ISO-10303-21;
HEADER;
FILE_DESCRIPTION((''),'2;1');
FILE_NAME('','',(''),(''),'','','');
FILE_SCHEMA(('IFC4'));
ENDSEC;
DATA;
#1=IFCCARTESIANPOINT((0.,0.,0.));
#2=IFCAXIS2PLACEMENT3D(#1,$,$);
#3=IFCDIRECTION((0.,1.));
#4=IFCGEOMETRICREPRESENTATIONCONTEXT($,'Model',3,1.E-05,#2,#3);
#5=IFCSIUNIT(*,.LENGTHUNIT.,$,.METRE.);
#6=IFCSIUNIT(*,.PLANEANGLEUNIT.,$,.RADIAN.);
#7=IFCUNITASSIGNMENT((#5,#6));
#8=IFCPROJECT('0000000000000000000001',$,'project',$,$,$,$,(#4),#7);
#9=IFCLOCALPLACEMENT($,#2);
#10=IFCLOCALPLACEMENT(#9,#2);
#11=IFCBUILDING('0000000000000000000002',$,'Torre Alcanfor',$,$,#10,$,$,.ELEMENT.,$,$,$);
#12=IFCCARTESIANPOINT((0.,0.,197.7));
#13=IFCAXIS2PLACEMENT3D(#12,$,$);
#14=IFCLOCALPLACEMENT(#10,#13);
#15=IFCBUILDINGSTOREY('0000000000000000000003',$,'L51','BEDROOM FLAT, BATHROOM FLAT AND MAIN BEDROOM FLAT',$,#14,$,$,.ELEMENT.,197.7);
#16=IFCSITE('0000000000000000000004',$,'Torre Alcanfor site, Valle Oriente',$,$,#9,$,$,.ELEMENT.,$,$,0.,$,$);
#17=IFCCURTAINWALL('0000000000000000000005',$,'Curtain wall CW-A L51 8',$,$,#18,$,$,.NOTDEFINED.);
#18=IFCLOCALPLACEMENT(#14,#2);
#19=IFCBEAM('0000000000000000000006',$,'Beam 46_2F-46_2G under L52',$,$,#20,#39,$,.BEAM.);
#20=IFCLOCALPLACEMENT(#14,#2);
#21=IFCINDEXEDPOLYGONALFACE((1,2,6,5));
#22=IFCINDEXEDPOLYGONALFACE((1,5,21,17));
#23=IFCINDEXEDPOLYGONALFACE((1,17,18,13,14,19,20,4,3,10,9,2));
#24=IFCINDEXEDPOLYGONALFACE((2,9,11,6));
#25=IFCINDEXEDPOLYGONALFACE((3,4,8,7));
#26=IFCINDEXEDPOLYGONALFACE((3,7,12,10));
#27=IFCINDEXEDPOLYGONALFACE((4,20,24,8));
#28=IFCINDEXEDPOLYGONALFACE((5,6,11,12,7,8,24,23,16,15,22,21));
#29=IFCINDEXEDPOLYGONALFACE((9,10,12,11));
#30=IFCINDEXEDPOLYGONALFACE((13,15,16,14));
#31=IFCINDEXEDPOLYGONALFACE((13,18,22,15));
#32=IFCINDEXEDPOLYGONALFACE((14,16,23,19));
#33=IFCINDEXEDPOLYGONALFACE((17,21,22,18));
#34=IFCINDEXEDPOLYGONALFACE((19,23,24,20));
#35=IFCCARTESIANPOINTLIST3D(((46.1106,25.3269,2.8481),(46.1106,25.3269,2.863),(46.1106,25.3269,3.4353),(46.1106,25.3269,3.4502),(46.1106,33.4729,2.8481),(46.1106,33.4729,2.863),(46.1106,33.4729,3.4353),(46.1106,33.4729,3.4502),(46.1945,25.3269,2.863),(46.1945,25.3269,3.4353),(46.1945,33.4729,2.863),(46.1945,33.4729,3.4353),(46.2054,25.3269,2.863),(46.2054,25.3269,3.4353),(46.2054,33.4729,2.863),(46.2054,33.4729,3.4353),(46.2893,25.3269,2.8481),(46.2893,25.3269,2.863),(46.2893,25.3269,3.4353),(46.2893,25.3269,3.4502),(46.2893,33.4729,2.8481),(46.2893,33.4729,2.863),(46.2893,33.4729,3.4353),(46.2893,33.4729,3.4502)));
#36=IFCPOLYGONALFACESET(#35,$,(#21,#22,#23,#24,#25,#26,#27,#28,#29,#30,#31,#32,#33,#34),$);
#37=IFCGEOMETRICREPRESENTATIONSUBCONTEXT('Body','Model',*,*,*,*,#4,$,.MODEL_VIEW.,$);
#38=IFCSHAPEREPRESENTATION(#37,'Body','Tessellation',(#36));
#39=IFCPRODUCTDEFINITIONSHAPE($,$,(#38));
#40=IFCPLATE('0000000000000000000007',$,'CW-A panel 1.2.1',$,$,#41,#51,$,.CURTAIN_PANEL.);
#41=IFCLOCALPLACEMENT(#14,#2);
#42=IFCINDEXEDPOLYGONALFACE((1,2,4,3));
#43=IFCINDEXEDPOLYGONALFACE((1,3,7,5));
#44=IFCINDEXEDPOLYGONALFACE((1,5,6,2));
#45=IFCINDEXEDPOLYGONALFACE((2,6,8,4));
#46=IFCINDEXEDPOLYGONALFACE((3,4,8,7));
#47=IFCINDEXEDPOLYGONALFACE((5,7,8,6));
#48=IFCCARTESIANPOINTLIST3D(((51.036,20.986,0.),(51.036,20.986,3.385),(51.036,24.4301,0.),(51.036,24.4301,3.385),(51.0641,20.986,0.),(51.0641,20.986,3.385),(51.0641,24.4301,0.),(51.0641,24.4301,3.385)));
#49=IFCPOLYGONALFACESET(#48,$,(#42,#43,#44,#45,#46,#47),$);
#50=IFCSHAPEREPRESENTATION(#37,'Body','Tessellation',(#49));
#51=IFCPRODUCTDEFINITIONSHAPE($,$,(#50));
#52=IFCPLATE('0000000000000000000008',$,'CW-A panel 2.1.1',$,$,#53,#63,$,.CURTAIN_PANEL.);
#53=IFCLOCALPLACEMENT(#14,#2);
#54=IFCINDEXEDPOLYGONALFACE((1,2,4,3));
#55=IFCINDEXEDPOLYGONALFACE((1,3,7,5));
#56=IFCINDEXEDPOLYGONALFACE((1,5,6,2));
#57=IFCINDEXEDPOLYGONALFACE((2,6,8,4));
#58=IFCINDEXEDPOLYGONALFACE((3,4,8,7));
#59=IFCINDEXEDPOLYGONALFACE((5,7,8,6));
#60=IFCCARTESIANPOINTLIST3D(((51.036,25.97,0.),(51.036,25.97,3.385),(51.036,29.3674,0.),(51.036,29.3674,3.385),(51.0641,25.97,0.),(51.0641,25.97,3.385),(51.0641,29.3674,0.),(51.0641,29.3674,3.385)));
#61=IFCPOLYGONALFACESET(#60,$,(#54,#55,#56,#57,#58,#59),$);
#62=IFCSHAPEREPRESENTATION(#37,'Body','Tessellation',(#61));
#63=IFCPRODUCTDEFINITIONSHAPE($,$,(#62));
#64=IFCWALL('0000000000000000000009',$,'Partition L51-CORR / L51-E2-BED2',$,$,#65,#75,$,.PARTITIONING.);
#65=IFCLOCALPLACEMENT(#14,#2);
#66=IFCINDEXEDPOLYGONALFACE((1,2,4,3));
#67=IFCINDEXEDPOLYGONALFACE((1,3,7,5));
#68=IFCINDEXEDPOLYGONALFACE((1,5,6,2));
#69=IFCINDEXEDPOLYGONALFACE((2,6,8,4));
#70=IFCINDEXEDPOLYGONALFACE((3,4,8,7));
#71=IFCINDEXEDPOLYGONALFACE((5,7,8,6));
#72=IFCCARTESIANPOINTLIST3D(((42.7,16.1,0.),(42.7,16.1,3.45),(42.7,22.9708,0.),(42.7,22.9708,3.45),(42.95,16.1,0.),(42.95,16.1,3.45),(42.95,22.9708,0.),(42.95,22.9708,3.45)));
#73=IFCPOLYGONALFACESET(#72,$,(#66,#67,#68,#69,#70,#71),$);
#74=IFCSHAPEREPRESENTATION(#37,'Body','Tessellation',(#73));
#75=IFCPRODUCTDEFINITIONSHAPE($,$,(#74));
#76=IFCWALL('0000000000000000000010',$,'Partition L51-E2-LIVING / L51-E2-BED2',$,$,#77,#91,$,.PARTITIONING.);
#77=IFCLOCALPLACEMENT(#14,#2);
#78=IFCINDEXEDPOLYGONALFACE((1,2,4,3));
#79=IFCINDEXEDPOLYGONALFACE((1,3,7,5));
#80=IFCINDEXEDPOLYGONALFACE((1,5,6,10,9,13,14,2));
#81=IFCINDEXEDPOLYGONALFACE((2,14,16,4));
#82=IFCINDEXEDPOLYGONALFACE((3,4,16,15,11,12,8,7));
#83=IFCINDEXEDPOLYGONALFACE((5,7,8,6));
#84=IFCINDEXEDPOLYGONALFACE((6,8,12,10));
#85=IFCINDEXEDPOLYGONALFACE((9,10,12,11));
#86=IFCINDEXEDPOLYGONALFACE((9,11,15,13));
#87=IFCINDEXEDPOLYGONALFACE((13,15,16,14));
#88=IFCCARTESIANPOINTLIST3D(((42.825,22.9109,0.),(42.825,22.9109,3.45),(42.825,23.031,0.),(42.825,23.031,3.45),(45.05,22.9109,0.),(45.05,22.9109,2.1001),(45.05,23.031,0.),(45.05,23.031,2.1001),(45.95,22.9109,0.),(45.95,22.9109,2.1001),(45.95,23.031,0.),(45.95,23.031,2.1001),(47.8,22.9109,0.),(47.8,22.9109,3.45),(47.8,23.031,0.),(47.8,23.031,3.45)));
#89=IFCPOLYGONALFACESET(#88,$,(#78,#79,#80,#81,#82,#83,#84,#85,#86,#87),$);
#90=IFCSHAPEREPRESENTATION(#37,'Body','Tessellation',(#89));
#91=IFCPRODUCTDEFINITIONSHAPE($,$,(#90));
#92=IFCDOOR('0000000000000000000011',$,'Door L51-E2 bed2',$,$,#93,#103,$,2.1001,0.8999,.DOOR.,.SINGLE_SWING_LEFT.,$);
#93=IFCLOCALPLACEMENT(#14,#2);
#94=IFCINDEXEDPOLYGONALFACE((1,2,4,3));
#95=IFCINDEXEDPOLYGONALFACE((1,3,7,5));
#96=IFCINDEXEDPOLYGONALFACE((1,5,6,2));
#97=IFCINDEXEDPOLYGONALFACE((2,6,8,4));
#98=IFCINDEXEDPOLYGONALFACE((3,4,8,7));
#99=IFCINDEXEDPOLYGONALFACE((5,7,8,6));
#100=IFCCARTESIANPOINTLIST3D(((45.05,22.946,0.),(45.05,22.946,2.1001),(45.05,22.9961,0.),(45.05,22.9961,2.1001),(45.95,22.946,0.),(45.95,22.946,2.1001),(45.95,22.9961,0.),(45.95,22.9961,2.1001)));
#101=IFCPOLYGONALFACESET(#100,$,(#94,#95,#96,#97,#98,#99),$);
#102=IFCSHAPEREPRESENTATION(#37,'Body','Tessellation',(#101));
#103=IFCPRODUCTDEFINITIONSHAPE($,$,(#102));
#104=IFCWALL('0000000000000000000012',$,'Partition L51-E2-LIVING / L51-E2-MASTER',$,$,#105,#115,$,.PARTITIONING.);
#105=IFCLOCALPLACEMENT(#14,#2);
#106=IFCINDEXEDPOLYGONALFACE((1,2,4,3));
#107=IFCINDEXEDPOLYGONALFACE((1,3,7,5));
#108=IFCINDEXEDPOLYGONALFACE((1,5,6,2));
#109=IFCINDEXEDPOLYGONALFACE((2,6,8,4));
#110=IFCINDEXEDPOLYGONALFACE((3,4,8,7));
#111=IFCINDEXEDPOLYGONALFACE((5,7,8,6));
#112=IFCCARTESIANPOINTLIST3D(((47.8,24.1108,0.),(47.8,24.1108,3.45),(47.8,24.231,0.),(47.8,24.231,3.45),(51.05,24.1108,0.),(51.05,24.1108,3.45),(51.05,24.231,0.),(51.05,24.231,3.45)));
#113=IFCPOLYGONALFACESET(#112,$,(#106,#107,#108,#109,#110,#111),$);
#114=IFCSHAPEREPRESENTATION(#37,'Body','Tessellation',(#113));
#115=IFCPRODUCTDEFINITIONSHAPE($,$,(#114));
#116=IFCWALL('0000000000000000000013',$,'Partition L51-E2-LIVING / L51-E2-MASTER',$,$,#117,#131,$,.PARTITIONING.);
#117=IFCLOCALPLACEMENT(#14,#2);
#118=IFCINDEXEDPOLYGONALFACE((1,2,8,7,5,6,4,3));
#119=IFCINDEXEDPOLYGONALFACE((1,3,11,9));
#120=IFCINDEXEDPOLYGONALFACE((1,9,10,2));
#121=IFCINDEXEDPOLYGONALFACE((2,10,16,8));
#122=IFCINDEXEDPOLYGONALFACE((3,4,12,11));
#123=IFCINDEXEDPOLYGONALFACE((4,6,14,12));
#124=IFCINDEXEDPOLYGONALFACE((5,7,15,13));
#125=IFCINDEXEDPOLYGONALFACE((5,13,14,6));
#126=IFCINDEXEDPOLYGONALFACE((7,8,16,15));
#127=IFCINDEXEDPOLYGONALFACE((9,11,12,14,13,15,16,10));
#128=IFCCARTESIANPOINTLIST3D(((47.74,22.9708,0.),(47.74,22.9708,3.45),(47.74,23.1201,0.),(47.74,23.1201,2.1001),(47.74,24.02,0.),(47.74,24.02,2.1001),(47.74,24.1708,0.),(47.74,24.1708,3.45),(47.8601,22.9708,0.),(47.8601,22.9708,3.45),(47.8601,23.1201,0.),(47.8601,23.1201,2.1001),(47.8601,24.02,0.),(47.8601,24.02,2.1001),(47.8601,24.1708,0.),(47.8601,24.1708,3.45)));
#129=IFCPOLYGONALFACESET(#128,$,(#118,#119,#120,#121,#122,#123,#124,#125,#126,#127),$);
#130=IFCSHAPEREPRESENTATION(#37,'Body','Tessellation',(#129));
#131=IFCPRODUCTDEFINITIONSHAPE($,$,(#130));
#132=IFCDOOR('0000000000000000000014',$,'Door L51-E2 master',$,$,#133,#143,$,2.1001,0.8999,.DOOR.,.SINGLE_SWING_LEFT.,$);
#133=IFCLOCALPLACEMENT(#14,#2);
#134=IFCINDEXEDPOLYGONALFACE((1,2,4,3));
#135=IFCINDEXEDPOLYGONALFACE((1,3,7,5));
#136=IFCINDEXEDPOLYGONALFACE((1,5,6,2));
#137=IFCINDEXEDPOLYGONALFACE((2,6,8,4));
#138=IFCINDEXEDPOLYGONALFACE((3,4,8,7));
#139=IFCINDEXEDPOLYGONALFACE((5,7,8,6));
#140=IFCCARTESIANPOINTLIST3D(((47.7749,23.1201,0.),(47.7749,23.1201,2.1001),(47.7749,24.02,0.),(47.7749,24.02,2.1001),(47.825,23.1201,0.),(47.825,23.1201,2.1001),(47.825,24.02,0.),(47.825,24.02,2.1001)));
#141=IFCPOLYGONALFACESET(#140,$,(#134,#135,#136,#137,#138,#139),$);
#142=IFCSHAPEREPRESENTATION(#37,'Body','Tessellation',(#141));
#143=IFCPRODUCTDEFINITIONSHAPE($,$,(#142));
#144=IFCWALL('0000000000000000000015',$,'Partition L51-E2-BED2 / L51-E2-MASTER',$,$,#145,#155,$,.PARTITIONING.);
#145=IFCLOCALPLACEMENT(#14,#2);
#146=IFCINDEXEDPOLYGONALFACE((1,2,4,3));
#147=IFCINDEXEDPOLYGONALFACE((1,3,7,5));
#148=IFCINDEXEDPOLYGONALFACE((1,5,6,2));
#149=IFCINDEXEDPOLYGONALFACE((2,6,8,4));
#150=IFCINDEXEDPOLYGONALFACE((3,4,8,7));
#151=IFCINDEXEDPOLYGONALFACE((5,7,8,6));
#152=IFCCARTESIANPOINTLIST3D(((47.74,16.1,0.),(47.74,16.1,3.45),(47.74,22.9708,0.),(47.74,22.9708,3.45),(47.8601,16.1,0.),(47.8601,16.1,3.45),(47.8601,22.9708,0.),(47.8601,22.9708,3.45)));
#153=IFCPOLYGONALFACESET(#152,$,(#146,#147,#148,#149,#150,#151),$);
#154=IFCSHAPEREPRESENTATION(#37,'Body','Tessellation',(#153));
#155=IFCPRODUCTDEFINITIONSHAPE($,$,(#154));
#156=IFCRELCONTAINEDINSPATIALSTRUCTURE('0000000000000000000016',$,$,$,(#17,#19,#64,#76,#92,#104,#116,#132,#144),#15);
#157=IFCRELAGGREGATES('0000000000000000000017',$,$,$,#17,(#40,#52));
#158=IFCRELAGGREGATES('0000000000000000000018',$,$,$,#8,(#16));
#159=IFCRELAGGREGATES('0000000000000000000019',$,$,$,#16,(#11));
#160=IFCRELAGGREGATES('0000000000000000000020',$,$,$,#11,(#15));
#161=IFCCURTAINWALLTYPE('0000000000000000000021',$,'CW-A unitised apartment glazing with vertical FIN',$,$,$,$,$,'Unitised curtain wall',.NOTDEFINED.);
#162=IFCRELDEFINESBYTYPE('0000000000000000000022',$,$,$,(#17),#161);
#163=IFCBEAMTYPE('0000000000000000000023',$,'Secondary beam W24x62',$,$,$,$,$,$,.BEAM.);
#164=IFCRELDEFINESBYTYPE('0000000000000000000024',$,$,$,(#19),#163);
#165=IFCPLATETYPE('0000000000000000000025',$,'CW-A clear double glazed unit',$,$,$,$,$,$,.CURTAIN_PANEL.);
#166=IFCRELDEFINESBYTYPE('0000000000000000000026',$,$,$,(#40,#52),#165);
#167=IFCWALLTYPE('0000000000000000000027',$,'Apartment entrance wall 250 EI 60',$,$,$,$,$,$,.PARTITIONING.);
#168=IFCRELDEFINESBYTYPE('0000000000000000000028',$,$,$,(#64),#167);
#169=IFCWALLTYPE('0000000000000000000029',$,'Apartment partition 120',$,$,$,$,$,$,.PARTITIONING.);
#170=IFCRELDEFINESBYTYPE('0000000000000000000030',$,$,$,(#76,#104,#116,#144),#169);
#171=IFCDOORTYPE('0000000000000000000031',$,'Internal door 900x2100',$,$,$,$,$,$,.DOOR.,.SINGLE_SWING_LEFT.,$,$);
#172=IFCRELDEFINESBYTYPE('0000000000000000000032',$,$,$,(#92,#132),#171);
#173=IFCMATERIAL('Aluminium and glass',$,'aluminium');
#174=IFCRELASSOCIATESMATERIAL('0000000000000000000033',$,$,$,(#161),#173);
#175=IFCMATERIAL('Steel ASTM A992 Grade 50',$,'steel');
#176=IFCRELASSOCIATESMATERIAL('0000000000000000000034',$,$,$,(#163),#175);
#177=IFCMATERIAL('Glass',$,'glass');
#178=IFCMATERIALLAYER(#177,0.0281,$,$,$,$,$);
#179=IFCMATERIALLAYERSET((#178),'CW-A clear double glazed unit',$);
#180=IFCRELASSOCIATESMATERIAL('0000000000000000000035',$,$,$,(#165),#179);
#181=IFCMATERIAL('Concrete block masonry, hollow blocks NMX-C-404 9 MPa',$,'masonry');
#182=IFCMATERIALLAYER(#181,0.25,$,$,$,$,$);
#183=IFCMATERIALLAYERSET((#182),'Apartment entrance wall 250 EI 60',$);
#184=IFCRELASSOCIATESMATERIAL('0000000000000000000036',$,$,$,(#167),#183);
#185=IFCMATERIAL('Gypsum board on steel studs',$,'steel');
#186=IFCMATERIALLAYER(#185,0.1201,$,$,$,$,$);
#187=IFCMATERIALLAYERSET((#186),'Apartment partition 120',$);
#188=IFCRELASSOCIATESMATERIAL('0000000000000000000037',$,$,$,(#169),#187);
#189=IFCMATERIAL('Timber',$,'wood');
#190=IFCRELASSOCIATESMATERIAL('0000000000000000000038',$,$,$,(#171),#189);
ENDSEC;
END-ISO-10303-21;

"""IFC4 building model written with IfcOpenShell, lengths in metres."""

from ifc_helpers import new_model, si_unit, direction, frame, frame_2d, origin, origin_2d, place, context, subcontext, project, spatial, rectangle, i_section, extrude, material, layer, layer_set, material_profile, profile_set, type_object, element, fill, aggregate, save


model = new_model("IFC4")

# Units and contexts
model_context = context("Model", 3, precision=1e-05, world=origin(), true_north=direction((0.0, 1.0)))
body_context = subcontext(model_context, "Body", "Model", "MODEL_VIEW")
ifc_project = project(units=[si_unit("LENGTHUNIT", "METRE"), si_unit("PLANEANGLEUNIT", "RADIAN")], contexts=[model_context])

# Site, building, storey
site_placement = place(None, origin())
site = spatial("IfcSite", under=ifc_project, at=site_placement, Name="Torre Alcanfor site, Valle Oriente", CompositionType="ELEMENT", RefElevation=0.0)
building_placement = place(site_placement, origin())
building = spatial("IfcBuilding", under=site, at=building_placement, Name="Torre Alcanfor", CompositionType="ELEMENT")
storey_placement = place(building_placement, frame((0.0, 0.0, 197.7)))
storey = spatial("IfcBuildingStorey", under=building, at=storey_placement, Name="L51", Description="BEDROOM FLAT, BATHROOM FLAT AND MAIN BEDROOM FLAT", CompositionType="ELEMENT", Elevation=197.7)

# Curtain wall
ifc_material_1 = material(Name="Aluminium and glass", Category="aluminium")
curtain_wall_type = type_object("IfcCurtainWallType", Name="CW-A unitised apartment glazing with vertical FIN", ElementType="Unitised curtain wall", PredefinedType="NOTDEFINED", material=ifc_material_1)
curtain_wall_placement = place(storey_placement, origin())
curtain_wall = element("IfcCurtainWall", 1, at=curtain_wall_placement, inside=storey, type_object=curtain_wall_type, Name="Curtain wall CW-A L51 8", PredefinedType="NOTDEFINED")

# Beam
ifc_material_2 = material(Name="Steel ASTM A992 Grade 50", Category="steel")
ifc_material_profile_1 = material_profile(ifc_material_2, i_section(OverallWidth=0.1787, OverallDepth=0.6021, WebThickness=0.011, FlangeThickness=0.0149, at=origin_2d()), Name="W24x62")
ifc_profile_set_1 = profile_set([ifc_material_profile_1], Name="Steel ASTM A992 Grade 50")
beam_type_1 = type_object("IfcBeamType", Name="Secondary beam W24x62", PredefinedType="BEAM", material=ifc_profile_set_1)
beam_1_placement = place(storey_placement, frame((46.2, 25.3269, 3.1492), z_axis=(0.0, 1.0, 0.0), x_axis=(-1.0, 0.0, 0.0)))
element("IfcBeam", 2, at=beam_1_placement, inside=storey, type_object=beam_type_1, Name="Beam 46_2F-46_2G under L52", PredefinedType="BEAM", context=body_context, shape_type="SweptSolid", body=[
    extrude(i_section(OverallWidth=0.1787, OverallDepth=0.6021, WebThickness=0.011, FlangeThickness=0.0149, at=origin_2d()), origin(), (0.0, 0.0, 1.0), 8.146),
])

# Plates
ifc_material_3 = material(Name="Glass", Category="glass")
ifc_layer_1 = layer(ifc_material_3, 0.0281)
ifc_layer_set_1 = layer_set([ifc_layer_1], Name="CW-A clear double glazed unit")
plate_type = type_object("IfcPlateType", Name="CW-A clear double glazed unit", PredefinedType="CURTAIN_PANEL", material=ifc_layer_set_1)
plate_1_placement = place(storey_placement, frame((51.05, 22.708, 0.0), z_axis=(0.0, 0.0, 1.0), x_axis=(0.0, 1.0, 0.0)))
plate_1 = element("IfcPlate", 3, at=plate_1_placement, type_object=plate_type, Name="CW-A panel 1.2.1", PredefinedType="CURTAIN_PANEL", context=body_context, shape_type="SweptSolid", body=[
    extrude(rectangle(XDim=3.4441, YDim=0.0281, at=origin_2d()), origin(), (0.0, 0.0, 1.0), 3.385),
])
plate_2_placement = place(storey_placement, frame((51.05, 27.6687, 0.0), z_axis=(0.0, 0.0, 1.0), x_axis=(0.0, 1.0, 0.0)))
plate_2 = element("IfcPlate", 4, at=plate_2_placement, type_object=plate_type, Name="CW-A panel 2.1.1", PredefinedType="CURTAIN_PANEL", context=body_context, shape_type="SweptSolid", body=[
    extrude(rectangle(XDim=3.3975, YDim=0.0281, at=origin_2d()), origin(), (0.0, 0.0, 1.0), 3.385),
])
aggregate(curtain_wall, [plate_1, plate_2])

# Wall
ifc_material_4 = material(Name="Concrete block masonry, hollow blocks NMX-C-404 9 MPa", Category="masonry")
ifc_layer_2 = layer(ifc_material_4, 0.25)
ifc_layer_set_2 = layer_set([ifc_layer_2], Name="Apartment entrance wall 250 EI 60")
wall_type_1 = type_object("IfcWallType", Name="Apartment entrance wall 250 EI 60", PredefinedType="PARTITIONING", material=ifc_layer_set_2)
wall_1_placement = place(storey_placement, frame((42.825, 22.9709, 0.0), z_axis=(0.0, 0.0, 1.0), x_axis=(0.0, -1.0, 0.0)))
element("IfcWall", 5, at=wall_1_placement, inside=storey, type_object=wall_type_1, Name="Partition L51-CORR / L51-E2-BED2", PredefinedType="PARTITIONING", context=body_context, shape_type="SweptSolid", body=[
    extrude(rectangle(XDim=6.8708, YDim=0.25, at=frame_2d((3.4355, 0.0))), origin(), (0.0, 0.0, 1.0), 3.45),
])

# Wall, opening, door
ifc_material_5 = material(Name="Gypsum board on steel studs", Category="steel")
ifc_layer_3 = layer(ifc_material_5, 0.1201)
ifc_layer_set_3 = layer_set([ifc_layer_3], Name="Apartment partition 120")
wall_type_2 = type_object("IfcWallType", Name="Apartment partition 120", PredefinedType="PARTITIONING", material=ifc_layer_set_3)
wall_2_placement = place(storey_placement, frame((47.8, 22.9709, 0.0), z_axis=(0.0, 0.0, 1.0), x_axis=(-1.0, 0.0, 0.0)))
wall_2 = element("IfcWall", 6, at=wall_2_placement, inside=storey, type_object=wall_type_2, Name="Partition L51-E2-LIVING / L51-E2-BED2", PredefinedType="PARTITIONING", context=body_context, shape_type="SweptSolid", body=[
    extrude(rectangle(XDim=4.9751, YDim=0.1201, at=frame_2d((2.4875, 0.0))), origin(), (0.0, 0.0, 1.0), 3.45),
])
opening_1_placement = place(wall_2_placement, frame((1.8501, 0.0, 0.0)))
opening_1 = element("IfcOpeningElement", 7, at=opening_1_placement, cuts=wall_2, PredefinedType="OPENING", context=body_context, shape_type="SweptSolid", body=[
    extrude(rectangle(XDim=0.8999, YDim=2.1001, at=frame_2d((0.45, 1.05))), frame((0.0, 0.0701, 0.0), z_axis=(0.0, -1.0, 0.0), x_axis=(1.0, 0.0, 0.0)), (0.0, 0.0, 1.0), 0.1401),
])
ifc_material_6 = material(Name="Timber", Category="wood")
door_type_1 = type_object("IfcDoorType", Name="Internal door 900x2100", OperationType="SINGLE_SWING_LEFT", PredefinedType="DOOR", material=ifc_material_6)
door_1_placement = place(opening_1_placement, origin())
door_1 = element("IfcDoor", 8, at=door_1_placement, inside=storey, type_object=door_type_1, Name="Door L51-E2 bed2", OperationType="SINGLE_SWING_LEFT", OverallHeight=2.1001, OverallWidth=0.8999, PredefinedType="DOOR", context=body_context, shape_type="SweptSolid", body=[
    extrude(rectangle(XDim=0.8999, YDim=2.1001, at=frame_2d((0.45, 1.05))), frame((0.0, 0.0249, 0.0), z_axis=(0.0, -1.0, 0.0), x_axis=(1.0, 0.0, 0.0)), (0.0, 0.0, 1.0), 0.05),
])
fill(opening_1, door_1)

# Wall
wall_3_placement = place(storey_placement, frame((51.05, 24.1709, 0.0), z_axis=(0.0, 0.0, 1.0), x_axis=(-1.0, 0.0, 0.0)))
element("IfcWall", 9, at=wall_3_placement, inside=storey, type_object=wall_type_2, Name="Partition L51-E2-LIVING / L51-E2-MASTER", PredefinedType="PARTITIONING", context=body_context, shape_type="SweptSolid", body=[
    extrude(rectangle(XDim=3.25, YDim=0.1201, at=frame_2d((1.625, 0.0))), origin(), (0.0, 0.0, 1.0), 3.45),
])

# Wall, opening, door
wall_4_placement = place(storey_placement, frame((47.8, 24.1709, 0.0), z_axis=(0.0, 0.0, 1.0), x_axis=(0.0, -1.0, 0.0)))
wall_4 = element("IfcWall", 10, at=wall_4_placement, inside=storey, type_object=wall_type_2, Name="Partition L51-E2-LIVING / L51-E2-MASTER", PredefinedType="PARTITIONING", context=body_context, shape_type="SweptSolid", body=[
    extrude(rectangle(XDim=1.2, YDim=0.1201, at=frame_2d((0.6001, 0.0))), origin(), (0.0, 0.0, 1.0), 3.45),
])
opening_2_placement = place(wall_4_placement, frame((0.1509, 0.0, 0.0)))
opening_2 = element("IfcOpeningElement", 11, at=opening_2_placement, cuts=wall_4, PredefinedType="OPENING", context=body_context, shape_type="SweptSolid", body=[
    extrude(rectangle(XDim=0.8999, YDim=2.1001, at=frame_2d((0.45, 1.05))), frame((0.0, 0.0701, 0.0), z_axis=(0.0, -1.0, 0.0), x_axis=(1.0, 0.0, 0.0)), (0.0, 0.0, 1.0), 0.1401),
])
door_2_placement = place(opening_2_placement, origin())
door_2 = element("IfcDoor", 12, at=door_2_placement, inside=storey, type_object=door_type_1, Name="Door L51-E2 master", OperationType="SINGLE_SWING_LEFT", OverallHeight=2.1001, OverallWidth=0.8999, PredefinedType="DOOR", context=body_context, shape_type="SweptSolid", body=[
    extrude(rectangle(XDim=0.8999, YDim=2.1001, at=frame_2d((0.45, 1.05))), frame((0.0, 0.0249, 0.0), z_axis=(0.0, -1.0, 0.0), x_axis=(1.0, 0.0, 0.0)), (0.0, 0.0, 1.0), 0.05),
])
fill(opening_2, door_2)

# Wall
wall_5_placement = place(storey_placement, frame((47.8, 22.9709, 0.0), z_axis=(0.0, 0.0, 1.0), x_axis=(0.0, -1.0, 0.0)))
element("IfcWall", 13, at=wall_5_placement, inside=storey, type_object=wall_type_2, Name="Partition L51-E2-BED2 / L51-E2-MASTER", PredefinedType="PARTITIONING", context=body_context, shape_type="SweptSolid", body=[
    extrude(rectangle(XDim=6.8708, YDim=0.1201, at=frame_2d((3.4355, 0.0))), origin(), (0.0, 0.0, 1.0), 3.45),
])

save(model, "model.ifc")
